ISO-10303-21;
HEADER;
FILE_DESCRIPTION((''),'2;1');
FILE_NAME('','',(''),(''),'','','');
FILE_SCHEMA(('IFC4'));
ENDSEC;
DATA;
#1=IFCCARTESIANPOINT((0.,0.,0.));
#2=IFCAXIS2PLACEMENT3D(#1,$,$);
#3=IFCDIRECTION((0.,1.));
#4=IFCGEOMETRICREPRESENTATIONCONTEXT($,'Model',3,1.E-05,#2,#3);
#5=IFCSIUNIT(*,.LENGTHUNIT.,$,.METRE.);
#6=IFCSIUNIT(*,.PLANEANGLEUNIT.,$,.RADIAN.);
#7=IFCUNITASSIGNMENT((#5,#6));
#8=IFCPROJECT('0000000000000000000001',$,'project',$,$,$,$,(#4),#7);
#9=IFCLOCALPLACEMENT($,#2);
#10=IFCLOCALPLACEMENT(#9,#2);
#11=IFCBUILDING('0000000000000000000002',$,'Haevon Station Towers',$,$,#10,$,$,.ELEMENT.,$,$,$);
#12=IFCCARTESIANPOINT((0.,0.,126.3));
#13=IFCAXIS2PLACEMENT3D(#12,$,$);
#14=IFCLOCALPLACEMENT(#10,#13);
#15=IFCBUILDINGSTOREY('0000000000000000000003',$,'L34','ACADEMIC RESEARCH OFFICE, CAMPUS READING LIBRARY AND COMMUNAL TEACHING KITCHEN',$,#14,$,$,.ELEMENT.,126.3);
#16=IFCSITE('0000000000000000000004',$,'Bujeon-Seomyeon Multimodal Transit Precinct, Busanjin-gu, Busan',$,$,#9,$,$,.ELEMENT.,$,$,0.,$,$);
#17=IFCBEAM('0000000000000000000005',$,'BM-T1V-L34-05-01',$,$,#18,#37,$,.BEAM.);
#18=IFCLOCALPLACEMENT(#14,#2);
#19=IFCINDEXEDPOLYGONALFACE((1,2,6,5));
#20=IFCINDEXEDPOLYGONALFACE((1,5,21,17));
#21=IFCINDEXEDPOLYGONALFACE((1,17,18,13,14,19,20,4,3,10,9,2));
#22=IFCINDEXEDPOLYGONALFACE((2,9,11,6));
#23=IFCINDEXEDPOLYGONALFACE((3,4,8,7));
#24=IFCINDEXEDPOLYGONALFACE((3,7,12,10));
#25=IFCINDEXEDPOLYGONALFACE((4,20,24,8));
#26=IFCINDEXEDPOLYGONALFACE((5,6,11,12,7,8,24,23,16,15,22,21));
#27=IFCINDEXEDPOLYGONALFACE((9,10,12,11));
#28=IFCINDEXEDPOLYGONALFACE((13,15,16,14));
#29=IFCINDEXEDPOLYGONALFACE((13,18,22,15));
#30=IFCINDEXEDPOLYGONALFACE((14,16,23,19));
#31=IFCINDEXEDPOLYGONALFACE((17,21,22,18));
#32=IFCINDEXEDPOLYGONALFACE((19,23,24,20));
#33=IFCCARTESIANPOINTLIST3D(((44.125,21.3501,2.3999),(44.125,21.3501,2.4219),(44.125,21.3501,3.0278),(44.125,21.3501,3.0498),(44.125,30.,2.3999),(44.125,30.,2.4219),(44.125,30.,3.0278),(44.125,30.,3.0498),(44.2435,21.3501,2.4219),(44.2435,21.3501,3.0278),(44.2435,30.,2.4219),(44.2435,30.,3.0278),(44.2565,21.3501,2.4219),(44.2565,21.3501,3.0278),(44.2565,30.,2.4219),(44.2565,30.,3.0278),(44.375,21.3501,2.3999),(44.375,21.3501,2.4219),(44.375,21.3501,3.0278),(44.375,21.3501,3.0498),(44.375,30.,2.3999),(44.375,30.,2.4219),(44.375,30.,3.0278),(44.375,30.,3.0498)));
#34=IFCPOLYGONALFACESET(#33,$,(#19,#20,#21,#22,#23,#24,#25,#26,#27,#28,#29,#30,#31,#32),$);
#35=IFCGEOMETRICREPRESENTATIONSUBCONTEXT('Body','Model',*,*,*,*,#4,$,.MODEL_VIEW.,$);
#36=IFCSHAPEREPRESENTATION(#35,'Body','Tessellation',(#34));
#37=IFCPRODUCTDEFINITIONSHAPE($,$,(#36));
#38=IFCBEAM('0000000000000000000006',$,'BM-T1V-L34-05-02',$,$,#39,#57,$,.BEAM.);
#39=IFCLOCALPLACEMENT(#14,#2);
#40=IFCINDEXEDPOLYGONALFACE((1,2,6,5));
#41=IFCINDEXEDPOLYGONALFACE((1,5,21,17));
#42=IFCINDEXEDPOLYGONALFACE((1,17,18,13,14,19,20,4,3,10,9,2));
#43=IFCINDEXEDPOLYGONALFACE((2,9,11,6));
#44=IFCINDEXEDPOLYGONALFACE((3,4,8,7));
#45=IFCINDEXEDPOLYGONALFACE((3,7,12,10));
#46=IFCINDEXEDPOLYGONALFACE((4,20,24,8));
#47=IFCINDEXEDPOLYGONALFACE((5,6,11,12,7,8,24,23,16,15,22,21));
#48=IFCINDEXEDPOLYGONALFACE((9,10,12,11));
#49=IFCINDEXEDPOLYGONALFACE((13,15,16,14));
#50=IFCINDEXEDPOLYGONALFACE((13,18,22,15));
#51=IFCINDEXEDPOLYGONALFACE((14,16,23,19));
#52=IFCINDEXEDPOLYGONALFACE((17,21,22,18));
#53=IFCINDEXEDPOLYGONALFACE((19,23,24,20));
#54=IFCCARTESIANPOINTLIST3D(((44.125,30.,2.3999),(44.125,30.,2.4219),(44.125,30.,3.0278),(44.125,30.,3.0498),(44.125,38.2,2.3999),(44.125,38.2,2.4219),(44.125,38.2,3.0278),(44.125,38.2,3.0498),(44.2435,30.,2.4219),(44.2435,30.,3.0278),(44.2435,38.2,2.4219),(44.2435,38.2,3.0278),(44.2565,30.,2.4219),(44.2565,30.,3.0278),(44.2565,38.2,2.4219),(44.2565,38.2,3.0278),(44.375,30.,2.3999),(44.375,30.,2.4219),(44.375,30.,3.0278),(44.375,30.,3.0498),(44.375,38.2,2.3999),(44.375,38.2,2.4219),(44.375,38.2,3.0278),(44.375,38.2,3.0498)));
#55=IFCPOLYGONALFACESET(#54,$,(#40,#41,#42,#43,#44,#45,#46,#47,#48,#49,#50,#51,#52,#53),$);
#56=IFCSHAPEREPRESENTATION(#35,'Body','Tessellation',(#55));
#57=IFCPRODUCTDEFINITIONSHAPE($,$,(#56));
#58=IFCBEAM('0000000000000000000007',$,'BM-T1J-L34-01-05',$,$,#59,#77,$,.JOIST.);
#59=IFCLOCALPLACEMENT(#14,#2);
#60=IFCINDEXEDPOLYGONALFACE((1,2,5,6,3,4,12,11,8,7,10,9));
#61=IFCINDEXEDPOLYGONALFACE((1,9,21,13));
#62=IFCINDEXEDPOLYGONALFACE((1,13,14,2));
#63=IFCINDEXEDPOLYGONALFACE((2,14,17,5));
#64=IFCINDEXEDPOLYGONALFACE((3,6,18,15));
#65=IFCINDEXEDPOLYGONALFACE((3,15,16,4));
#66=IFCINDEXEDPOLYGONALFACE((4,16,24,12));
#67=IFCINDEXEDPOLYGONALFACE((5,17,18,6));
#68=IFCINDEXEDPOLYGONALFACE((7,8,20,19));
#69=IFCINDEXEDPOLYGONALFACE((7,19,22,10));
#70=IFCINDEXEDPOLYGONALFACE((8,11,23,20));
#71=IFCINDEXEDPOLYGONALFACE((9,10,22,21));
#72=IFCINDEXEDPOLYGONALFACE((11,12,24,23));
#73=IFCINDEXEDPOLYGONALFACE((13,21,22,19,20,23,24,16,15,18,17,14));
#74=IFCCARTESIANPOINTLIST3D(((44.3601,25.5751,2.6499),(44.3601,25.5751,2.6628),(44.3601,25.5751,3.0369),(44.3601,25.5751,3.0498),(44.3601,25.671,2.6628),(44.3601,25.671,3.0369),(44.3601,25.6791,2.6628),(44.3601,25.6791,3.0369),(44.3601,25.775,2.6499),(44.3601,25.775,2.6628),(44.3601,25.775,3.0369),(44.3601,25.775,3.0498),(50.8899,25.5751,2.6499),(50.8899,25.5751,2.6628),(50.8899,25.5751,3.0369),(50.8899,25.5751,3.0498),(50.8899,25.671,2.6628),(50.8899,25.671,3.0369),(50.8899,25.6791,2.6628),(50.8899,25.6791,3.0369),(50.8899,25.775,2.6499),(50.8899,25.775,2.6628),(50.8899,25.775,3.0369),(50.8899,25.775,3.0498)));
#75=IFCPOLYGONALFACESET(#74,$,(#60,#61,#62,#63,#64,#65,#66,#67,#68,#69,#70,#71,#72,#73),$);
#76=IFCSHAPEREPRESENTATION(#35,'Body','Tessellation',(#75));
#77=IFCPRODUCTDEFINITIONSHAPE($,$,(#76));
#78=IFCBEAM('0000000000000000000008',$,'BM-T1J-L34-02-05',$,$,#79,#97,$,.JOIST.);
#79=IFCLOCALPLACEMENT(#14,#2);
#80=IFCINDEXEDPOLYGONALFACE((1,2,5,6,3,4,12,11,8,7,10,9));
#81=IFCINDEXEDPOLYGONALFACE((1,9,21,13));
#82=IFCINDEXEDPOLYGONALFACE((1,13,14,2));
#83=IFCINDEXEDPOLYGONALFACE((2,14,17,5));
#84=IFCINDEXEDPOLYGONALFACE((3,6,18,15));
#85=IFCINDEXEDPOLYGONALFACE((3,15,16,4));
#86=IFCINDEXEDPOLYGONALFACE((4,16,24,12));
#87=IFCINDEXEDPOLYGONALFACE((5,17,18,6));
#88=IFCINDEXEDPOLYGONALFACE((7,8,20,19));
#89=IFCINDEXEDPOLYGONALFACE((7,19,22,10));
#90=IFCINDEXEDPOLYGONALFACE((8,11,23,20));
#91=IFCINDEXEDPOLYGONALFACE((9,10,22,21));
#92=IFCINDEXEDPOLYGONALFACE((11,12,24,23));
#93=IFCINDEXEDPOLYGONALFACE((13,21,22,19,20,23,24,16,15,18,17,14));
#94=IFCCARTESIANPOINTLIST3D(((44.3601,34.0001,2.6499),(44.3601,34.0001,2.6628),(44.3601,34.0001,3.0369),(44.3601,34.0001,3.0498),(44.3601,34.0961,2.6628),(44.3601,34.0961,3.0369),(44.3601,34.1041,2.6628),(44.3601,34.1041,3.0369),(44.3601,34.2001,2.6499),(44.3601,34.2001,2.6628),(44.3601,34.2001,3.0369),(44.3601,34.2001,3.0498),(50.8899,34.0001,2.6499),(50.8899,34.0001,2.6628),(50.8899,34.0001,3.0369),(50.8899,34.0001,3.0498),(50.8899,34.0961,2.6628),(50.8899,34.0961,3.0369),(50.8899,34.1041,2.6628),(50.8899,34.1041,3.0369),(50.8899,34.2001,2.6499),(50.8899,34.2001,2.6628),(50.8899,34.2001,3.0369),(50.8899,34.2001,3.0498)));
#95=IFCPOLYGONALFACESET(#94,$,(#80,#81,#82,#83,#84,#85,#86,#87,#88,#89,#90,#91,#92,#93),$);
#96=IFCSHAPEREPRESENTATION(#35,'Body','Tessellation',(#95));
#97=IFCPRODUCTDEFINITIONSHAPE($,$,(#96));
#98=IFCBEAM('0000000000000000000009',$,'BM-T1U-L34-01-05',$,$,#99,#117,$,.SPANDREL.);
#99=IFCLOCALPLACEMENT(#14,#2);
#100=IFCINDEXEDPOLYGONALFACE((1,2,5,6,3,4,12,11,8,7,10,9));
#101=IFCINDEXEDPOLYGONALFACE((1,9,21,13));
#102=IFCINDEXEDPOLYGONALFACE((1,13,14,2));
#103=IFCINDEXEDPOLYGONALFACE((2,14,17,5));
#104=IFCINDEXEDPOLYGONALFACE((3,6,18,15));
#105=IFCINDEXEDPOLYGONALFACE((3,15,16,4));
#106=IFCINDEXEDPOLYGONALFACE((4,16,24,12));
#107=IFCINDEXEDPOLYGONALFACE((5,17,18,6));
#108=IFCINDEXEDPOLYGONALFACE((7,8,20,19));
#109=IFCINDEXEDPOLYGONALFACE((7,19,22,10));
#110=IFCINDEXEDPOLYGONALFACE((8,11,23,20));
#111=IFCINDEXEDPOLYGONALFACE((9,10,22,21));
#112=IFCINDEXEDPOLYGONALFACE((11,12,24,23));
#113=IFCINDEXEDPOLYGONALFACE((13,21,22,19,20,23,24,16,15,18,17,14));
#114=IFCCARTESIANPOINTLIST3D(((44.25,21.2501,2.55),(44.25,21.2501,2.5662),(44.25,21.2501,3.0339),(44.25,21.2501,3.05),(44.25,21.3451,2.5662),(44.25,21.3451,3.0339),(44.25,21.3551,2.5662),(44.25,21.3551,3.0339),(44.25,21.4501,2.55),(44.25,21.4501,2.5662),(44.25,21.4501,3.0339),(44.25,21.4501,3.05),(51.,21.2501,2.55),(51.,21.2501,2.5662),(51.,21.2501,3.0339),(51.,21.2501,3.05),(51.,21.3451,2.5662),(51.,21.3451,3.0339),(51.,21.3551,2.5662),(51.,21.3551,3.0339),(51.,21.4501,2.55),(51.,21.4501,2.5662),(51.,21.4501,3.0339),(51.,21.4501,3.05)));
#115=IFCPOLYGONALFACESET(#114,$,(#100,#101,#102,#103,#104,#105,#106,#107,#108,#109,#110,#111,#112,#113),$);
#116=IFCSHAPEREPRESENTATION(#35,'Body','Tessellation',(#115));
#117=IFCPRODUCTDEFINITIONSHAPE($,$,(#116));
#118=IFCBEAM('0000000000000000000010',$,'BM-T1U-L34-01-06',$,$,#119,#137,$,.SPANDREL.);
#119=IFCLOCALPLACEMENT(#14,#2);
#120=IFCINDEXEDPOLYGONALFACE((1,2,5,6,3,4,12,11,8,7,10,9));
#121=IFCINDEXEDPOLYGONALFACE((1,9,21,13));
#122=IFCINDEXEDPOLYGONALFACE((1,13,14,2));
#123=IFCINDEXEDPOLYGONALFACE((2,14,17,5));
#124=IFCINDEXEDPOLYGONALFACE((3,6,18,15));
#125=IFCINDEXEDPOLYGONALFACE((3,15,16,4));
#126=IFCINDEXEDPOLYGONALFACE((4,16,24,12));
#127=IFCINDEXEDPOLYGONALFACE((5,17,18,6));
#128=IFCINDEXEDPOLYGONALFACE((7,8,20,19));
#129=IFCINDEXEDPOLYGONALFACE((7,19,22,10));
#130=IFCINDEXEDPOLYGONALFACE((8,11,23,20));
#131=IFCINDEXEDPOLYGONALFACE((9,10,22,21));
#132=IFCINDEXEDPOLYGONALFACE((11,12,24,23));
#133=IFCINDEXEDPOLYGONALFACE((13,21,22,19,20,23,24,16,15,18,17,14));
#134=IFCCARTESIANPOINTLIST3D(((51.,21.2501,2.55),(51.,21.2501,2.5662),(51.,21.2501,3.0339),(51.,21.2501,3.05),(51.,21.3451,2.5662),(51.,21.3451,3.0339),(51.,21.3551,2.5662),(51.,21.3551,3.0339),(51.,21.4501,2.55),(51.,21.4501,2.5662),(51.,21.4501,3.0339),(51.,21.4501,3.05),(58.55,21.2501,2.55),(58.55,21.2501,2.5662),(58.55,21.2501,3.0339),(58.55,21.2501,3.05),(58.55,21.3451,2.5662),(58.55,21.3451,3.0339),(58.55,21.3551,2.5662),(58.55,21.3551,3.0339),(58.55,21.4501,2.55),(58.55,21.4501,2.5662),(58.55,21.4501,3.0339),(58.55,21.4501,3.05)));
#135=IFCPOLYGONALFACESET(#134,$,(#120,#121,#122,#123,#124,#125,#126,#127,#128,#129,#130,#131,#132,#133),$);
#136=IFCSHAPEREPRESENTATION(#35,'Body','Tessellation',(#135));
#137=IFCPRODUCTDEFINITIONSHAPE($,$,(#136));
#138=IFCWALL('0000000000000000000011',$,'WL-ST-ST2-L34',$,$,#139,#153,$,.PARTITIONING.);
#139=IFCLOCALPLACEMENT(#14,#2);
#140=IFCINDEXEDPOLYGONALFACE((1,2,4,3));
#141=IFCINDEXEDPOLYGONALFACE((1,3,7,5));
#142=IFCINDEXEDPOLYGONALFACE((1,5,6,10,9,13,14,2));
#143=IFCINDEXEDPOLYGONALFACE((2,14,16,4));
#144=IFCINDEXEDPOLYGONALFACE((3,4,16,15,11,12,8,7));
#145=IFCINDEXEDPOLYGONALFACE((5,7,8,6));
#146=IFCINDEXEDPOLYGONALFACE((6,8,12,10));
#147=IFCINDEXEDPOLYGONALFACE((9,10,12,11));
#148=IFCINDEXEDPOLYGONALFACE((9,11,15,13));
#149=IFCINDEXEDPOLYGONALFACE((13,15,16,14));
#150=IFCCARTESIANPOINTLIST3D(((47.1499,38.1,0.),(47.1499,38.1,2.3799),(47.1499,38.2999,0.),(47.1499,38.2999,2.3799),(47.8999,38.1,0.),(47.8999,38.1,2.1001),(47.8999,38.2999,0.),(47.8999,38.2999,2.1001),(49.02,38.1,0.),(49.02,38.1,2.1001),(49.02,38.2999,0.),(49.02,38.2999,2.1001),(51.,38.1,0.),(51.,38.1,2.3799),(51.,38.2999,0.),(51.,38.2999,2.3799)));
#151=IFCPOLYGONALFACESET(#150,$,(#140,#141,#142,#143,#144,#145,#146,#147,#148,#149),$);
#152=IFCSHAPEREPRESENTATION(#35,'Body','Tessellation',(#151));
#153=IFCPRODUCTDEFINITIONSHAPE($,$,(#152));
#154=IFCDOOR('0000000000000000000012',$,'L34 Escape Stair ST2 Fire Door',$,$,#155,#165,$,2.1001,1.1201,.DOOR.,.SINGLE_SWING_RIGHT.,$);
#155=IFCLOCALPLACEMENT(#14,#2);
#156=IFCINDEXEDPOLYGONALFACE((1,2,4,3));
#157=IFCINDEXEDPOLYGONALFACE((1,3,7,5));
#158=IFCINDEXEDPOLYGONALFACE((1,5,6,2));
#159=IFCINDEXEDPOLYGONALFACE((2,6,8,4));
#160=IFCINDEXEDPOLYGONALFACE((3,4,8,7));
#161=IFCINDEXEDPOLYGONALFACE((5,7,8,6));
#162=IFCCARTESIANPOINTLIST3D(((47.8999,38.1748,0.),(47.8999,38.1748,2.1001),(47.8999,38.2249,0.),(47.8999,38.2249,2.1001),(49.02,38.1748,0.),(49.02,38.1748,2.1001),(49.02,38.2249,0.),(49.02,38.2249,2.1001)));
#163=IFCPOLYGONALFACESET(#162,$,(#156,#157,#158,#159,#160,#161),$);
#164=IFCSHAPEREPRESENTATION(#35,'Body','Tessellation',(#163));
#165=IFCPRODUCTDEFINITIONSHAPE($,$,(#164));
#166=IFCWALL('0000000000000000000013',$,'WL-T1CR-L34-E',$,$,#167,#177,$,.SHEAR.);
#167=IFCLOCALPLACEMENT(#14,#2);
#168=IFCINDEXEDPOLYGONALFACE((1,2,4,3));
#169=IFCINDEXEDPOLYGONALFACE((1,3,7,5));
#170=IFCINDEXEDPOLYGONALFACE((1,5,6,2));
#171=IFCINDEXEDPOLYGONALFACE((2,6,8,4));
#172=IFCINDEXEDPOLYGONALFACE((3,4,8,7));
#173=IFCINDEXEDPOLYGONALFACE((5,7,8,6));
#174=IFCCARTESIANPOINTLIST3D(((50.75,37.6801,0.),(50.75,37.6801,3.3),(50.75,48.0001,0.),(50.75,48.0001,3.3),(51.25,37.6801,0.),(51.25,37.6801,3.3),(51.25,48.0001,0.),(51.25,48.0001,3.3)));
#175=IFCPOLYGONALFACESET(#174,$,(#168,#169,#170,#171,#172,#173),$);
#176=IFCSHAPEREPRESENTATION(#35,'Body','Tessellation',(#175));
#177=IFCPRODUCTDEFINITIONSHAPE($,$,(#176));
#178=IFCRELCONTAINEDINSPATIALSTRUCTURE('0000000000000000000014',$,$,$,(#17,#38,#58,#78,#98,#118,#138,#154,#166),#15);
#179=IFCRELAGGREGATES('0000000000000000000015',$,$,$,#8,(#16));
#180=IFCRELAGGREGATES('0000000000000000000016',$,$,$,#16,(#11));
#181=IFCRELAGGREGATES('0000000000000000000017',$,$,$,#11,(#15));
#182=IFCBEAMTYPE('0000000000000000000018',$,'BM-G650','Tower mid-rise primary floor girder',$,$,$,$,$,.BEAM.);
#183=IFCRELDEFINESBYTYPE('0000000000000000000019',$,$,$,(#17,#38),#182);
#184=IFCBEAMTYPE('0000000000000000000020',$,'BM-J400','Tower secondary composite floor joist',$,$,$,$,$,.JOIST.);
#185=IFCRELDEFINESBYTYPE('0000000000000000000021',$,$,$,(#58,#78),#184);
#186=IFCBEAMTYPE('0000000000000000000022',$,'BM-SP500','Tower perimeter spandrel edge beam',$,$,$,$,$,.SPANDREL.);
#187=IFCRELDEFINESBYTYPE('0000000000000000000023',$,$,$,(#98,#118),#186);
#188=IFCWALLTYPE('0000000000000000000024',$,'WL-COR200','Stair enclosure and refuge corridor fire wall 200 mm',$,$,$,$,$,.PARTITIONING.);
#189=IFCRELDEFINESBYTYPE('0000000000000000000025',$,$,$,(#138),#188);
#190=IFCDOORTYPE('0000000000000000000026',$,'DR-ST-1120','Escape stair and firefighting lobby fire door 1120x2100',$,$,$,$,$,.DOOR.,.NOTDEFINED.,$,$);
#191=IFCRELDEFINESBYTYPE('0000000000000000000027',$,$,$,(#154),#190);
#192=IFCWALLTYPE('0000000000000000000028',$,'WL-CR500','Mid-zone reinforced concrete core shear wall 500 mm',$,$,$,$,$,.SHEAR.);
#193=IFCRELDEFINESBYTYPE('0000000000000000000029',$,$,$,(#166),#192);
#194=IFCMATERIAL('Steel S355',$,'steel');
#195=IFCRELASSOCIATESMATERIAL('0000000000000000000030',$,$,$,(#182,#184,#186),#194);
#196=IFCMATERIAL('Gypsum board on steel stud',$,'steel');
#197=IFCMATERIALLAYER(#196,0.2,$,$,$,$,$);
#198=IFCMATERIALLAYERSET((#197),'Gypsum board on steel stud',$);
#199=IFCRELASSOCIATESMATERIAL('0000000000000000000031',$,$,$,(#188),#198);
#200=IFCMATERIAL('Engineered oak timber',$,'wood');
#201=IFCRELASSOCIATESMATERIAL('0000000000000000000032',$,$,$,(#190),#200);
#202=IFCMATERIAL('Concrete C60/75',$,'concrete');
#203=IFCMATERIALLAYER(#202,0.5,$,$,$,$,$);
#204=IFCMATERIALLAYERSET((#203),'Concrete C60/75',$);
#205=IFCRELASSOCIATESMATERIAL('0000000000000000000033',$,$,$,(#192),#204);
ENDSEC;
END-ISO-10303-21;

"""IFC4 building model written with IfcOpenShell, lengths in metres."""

from ifc_helpers import new_model, si_unit, direction, frame, frame_2d, origin, origin_2d, place, context, subcontext, project, spatial, rectangle, i_section, extrude, material, layer, layer_set, material_profile, profile_set, type_object, element, fill, save


model = new_model("IFC4")

# Units and contexts
model_context = context("Model", 3, precision=1e-05, world=origin(), true_north=direction((0.0, 1.0)))
body_context = subcontext(model_context, "Body", "Model", "MODEL_VIEW")
ifc_project = project(units=[si_unit("LENGTHUNIT", "METRE"), si_unit("PLANEANGLEUNIT", "RADIAN")], contexts=[model_context])

# Site, building, storey
site_placement = place(None, origin())
site = spatial("IfcSite", under=ifc_project, at=site_placement, Name="Bujeon-Seomyeon Multimodal Transit Precinct, Busanjin-gu, Busan", CompositionType="ELEMENT", RefElevation=0.0)
building_placement = place(site_placement, origin())
building = spatial("IfcBuilding", under=site, at=building_placement, Name="Haevon Station Towers", CompositionType="ELEMENT")
storey_placement = place(building_placement, frame((0.0, 0.0, 126.3)))
storey = spatial("IfcBuildingStorey", under=building, at=storey_placement, Name="L34", Description="ACADEMIC RESEARCH OFFICE, CAMPUS READING LIBRARY AND COMMUNAL TEACHING KITCHEN", CompositionType="ELEMENT", Elevation=126.3)

# Beams
ifc_material_1 = material(Name="Steel S355", Category="steel")
ifc_material_profile_1 = material_profile(ifc_material_1, i_section(OverallWidth=0.25, OverallDepth=0.6499, WebThickness=0.0129, FlangeThickness=0.022, at=origin_2d()), Name="H-650x250x13x22")
ifc_profile_set_1 = profile_set([ifc_material_profile_1], Name="Steel S355")
beam_type_1 = type_object("IfcBeamType", Name="BM-G650", Description="Tower mid-rise primary floor girder", PredefinedType="BEAM", material=ifc_profile_set_1)
beam_1_placement = place(storey_placement, frame((44.25, 21.3501, 2.7249), z_axis=(0.0, 1.0, 0.0), x_axis=(-1.0, 0.0, 0.0)))
element("IfcBeam", 1, at=beam_1_placement, inside=storey, type_object=beam_type_1, Name="BM-T1V-L34-05-01", PredefinedType="BEAM", context=body_context, shape_type="SweptSolid", body=[
    extrude(i_section(OverallWidth=0.25, OverallDepth=0.6499, WebThickness=0.0129, FlangeThickness=0.022, at=origin_2d()), origin(), (0.0, 0.0, 1.0), 8.6499),
])
beam_2_placement = place(storey_placement, frame((44.25, 30.0, 2.7249), z_axis=(0.0, 1.0, 0.0), x_axis=(-1.0, 0.0, 0.0)))
element("IfcBeam", 2, at=beam_2_placement, inside=storey, type_object=beam_type_1, Name="BM-T1V-L34-05-02", PredefinedType="BEAM", context=body_context, shape_type="SweptSolid", body=[
    extrude(i_section(OverallWidth=0.25, OverallDepth=0.6499, WebThickness=0.0129, FlangeThickness=0.022, at=origin_2d()), origin(), (0.0, 0.0, 1.0), 8.2),
])
ifc_material_profile_2 = material_profile(ifc_material_1, i_section(OverallWidth=0.2, OverallDepth=0.3999, WebThickness=0.0081, FlangeThickness=0.0129, at=origin_2d()), Name="H-400x200x8x13")
ifc_profile_set_2 = profile_set([ifc_material_profile_2], Name="Steel S355")
beam_type_2 = type_object("IfcBeamType", Name="BM-J400", Description="Tower secondary composite floor joist", PredefinedType="JOIST", material=ifc_profile_set_2)
for number, where, z_axis, x_axis, name in (
    (3, (44.3601, 25.675, 2.8499), (1.0, 0.0, 0.0), (0.0, 1.0, 0.0), "BM-T1J-L34-01-05"),
    (4, (44.3601, 34.1001, 2.8499), (1.0, 0.0, 0.0), (0.0, 1.0, 0.0), "BM-T1J-L34-02-05"),
):
    element("IfcBeam", number, at=place(storey_placement, frame(where, z_axis=z_axis, x_axis=x_axis)), inside=storey, type_object=beam_type_2, Name=name, PredefinedType="JOIST", context=body_context, shape_type="SweptSolid", body=[
        extrude(i_section(OverallWidth=0.2, OverallDepth=0.3999, WebThickness=0.0081, FlangeThickness=0.0129, at=origin_2d()), origin(), (0.0, 0.0, 1.0), 6.5298),
    ])
ifc_material_profile_3 = material_profile(ifc_material_1, i_section(OverallWidth=0.2, OverallDepth=0.5, WebThickness=0.01, FlangeThickness=0.0161, at=origin_2d()), Name="H-500x200x10x16")
ifc_profile_set_3 = profile_set([ifc_material_profile_3], Name="Steel S355")
beam_type_3 = type_object("IfcBeamType", Name="BM-SP500", Description="Tower perimeter spandrel edge beam", PredefinedType="SPANDREL", material=ifc_profile_set_3)
beam_3_placement = place(storey_placement, frame((44.25, 21.3501, 2.8), z_axis=(1.0, 0.0, 0.0), x_axis=(0.0, 1.0, 0.0)))
element("IfcBeam", 5, at=beam_3_placement, inside=storey, type_object=beam_type_3, Name="BM-T1U-L34-01-05", PredefinedType="SPANDREL", context=body_context, shape_type="SweptSolid", body=[
    extrude(i_section(OverallWidth=0.2, OverallDepth=0.5, WebThickness=0.01, FlangeThickness=0.0161, at=origin_2d()), origin(), (0.0, 0.0, 1.0), 6.75),
])
beam_4_placement = place(storey_placement, frame((51.0, 21.3501, 2.8), z_axis=(1.0, 0.0, 0.0), x_axis=(0.0, 1.0, 0.0)))
element("IfcBeam", 6, at=beam_4_placement, inside=storey, type_object=beam_type_3, Name="BM-T1U-L34-01-06", PredefinedType="SPANDREL", context=body_context, shape_type="SweptSolid", body=[
    extrude(i_section(OverallWidth=0.2, OverallDepth=0.5, WebThickness=0.01, FlangeThickness=0.0161, at=origin_2d()), origin(), (0.0, 0.0, 1.0), 7.55),
])

# Wall, opening, door
ifc_material_2 = material(Name="Gypsum board on steel stud", Category="steel")
ifc_layer_1 = layer(ifc_material_2, 0.2)
ifc_layer_set_1 = layer_set([ifc_layer_1], Name="Gypsum board on steel stud")
wall_type_1 = type_object("IfcWallType", Name="WL-COR200", Description="Stair enclosure and refuge corridor fire wall 200 mm", PredefinedType="PARTITIONING", material=ifc_layer_set_1)
wall_1_placement = place(storey_placement, frame((47.1499, 38.2, 0.0), z_axis=(0.0, 0.0, 1.0), x_axis=(1.0, 0.0, 0.0)))
wall_1 = element("IfcWall", 7, at=wall_1_placement, inside=storey, type_object=wall_type_1, Name="WL-ST-ST2-L34", PredefinedType="PARTITIONING", context=body_context, shape_type="SweptSolid", body=[
    extrude(rectangle(XDim=3.8501, YDim=0.2, at=frame_2d((1.925, 0.0))), origin(), (0.0, 0.0, 1.0), 2.3799),
])
opening_placement = place(wall_1_placement, frame((0.75, 0.0, 0.0)))
opening = element("IfcOpeningElement", 8, at=opening_placement, cuts=wall_1, PredefinedType="OPENING", context=body_context, shape_type="SweptSolid", body=[
    extrude(rectangle(XDim=1.1201, YDim=2.1001, at=frame_2d((0.5601, 1.05))), frame((0.0, 0.1099, 0.0), z_axis=(0.0, -1.0, 0.0), x_axis=(1.0, 0.0, 0.0)), (0.0, 0.0, 1.0), 0.22),
])
ifc_material_3 = material(Name="Engineered oak timber", Category="wood")
door_type = type_object("IfcDoorType", Name="DR-ST-1120", Description="Escape stair and firefighting lobby fire door 1120x2100", OperationType="NOTDEFINED", PredefinedType="DOOR", material=ifc_material_3)
door_placement = place(opening_placement, origin())
door = element("IfcDoor", 9, at=door_placement, inside=storey, type_object=door_type, Name="L34 Escape Stair ST2 Fire Door", OperationType="SINGLE_SWING_RIGHT", OverallHeight=2.1001, OverallWidth=1.1201, PredefinedType="DOOR", context=body_context, shape_type="SweptSolid", body=[
    extrude(rectangle(XDim=1.1201, YDim=2.1001, at=frame_2d((0.5601, 1.05))), frame((0.0, 0.0249, 0.0), z_axis=(0.0, -1.0, 0.0), x_axis=(1.0, 0.0, 0.0)), (0.0, 0.0, 1.0), 0.05),
])
fill(opening, door)

# Wall
ifc_material_4 = material(Name="Concrete C60/75", Category="concrete")
ifc_layer_2 = layer(ifc_material_4, 0.5)
ifc_layer_set_2 = layer_set([ifc_layer_2], Name="Concrete C60/75")
wall_type_2 = type_object("IfcWallType", Name="WL-CR500", Description="Mid-zone reinforced concrete core shear wall 500 mm", PredefinedType="SHEAR", material=ifc_layer_set_2)
wall_2_placement = place(storey_placement, frame((51.0, 37.6799, 0.0), z_axis=(0.0, 0.0, 1.0), x_axis=(0.0, 1.0, 0.0)))
element("IfcWall", 10, at=wall_2_placement, inside=storey, type_object=wall_type_2, Name="WL-T1CR-L34-E", PredefinedType="SHEAR", context=body_context, shape_type="SweptSolid", body=[
    extrude(rectangle(XDim=10.3201, YDim=0.5, at=frame_2d((5.1602, 0.0))), origin(), (0.0, 0.0, 1.0), 3.3),
])

save(model, "model.ifc")
